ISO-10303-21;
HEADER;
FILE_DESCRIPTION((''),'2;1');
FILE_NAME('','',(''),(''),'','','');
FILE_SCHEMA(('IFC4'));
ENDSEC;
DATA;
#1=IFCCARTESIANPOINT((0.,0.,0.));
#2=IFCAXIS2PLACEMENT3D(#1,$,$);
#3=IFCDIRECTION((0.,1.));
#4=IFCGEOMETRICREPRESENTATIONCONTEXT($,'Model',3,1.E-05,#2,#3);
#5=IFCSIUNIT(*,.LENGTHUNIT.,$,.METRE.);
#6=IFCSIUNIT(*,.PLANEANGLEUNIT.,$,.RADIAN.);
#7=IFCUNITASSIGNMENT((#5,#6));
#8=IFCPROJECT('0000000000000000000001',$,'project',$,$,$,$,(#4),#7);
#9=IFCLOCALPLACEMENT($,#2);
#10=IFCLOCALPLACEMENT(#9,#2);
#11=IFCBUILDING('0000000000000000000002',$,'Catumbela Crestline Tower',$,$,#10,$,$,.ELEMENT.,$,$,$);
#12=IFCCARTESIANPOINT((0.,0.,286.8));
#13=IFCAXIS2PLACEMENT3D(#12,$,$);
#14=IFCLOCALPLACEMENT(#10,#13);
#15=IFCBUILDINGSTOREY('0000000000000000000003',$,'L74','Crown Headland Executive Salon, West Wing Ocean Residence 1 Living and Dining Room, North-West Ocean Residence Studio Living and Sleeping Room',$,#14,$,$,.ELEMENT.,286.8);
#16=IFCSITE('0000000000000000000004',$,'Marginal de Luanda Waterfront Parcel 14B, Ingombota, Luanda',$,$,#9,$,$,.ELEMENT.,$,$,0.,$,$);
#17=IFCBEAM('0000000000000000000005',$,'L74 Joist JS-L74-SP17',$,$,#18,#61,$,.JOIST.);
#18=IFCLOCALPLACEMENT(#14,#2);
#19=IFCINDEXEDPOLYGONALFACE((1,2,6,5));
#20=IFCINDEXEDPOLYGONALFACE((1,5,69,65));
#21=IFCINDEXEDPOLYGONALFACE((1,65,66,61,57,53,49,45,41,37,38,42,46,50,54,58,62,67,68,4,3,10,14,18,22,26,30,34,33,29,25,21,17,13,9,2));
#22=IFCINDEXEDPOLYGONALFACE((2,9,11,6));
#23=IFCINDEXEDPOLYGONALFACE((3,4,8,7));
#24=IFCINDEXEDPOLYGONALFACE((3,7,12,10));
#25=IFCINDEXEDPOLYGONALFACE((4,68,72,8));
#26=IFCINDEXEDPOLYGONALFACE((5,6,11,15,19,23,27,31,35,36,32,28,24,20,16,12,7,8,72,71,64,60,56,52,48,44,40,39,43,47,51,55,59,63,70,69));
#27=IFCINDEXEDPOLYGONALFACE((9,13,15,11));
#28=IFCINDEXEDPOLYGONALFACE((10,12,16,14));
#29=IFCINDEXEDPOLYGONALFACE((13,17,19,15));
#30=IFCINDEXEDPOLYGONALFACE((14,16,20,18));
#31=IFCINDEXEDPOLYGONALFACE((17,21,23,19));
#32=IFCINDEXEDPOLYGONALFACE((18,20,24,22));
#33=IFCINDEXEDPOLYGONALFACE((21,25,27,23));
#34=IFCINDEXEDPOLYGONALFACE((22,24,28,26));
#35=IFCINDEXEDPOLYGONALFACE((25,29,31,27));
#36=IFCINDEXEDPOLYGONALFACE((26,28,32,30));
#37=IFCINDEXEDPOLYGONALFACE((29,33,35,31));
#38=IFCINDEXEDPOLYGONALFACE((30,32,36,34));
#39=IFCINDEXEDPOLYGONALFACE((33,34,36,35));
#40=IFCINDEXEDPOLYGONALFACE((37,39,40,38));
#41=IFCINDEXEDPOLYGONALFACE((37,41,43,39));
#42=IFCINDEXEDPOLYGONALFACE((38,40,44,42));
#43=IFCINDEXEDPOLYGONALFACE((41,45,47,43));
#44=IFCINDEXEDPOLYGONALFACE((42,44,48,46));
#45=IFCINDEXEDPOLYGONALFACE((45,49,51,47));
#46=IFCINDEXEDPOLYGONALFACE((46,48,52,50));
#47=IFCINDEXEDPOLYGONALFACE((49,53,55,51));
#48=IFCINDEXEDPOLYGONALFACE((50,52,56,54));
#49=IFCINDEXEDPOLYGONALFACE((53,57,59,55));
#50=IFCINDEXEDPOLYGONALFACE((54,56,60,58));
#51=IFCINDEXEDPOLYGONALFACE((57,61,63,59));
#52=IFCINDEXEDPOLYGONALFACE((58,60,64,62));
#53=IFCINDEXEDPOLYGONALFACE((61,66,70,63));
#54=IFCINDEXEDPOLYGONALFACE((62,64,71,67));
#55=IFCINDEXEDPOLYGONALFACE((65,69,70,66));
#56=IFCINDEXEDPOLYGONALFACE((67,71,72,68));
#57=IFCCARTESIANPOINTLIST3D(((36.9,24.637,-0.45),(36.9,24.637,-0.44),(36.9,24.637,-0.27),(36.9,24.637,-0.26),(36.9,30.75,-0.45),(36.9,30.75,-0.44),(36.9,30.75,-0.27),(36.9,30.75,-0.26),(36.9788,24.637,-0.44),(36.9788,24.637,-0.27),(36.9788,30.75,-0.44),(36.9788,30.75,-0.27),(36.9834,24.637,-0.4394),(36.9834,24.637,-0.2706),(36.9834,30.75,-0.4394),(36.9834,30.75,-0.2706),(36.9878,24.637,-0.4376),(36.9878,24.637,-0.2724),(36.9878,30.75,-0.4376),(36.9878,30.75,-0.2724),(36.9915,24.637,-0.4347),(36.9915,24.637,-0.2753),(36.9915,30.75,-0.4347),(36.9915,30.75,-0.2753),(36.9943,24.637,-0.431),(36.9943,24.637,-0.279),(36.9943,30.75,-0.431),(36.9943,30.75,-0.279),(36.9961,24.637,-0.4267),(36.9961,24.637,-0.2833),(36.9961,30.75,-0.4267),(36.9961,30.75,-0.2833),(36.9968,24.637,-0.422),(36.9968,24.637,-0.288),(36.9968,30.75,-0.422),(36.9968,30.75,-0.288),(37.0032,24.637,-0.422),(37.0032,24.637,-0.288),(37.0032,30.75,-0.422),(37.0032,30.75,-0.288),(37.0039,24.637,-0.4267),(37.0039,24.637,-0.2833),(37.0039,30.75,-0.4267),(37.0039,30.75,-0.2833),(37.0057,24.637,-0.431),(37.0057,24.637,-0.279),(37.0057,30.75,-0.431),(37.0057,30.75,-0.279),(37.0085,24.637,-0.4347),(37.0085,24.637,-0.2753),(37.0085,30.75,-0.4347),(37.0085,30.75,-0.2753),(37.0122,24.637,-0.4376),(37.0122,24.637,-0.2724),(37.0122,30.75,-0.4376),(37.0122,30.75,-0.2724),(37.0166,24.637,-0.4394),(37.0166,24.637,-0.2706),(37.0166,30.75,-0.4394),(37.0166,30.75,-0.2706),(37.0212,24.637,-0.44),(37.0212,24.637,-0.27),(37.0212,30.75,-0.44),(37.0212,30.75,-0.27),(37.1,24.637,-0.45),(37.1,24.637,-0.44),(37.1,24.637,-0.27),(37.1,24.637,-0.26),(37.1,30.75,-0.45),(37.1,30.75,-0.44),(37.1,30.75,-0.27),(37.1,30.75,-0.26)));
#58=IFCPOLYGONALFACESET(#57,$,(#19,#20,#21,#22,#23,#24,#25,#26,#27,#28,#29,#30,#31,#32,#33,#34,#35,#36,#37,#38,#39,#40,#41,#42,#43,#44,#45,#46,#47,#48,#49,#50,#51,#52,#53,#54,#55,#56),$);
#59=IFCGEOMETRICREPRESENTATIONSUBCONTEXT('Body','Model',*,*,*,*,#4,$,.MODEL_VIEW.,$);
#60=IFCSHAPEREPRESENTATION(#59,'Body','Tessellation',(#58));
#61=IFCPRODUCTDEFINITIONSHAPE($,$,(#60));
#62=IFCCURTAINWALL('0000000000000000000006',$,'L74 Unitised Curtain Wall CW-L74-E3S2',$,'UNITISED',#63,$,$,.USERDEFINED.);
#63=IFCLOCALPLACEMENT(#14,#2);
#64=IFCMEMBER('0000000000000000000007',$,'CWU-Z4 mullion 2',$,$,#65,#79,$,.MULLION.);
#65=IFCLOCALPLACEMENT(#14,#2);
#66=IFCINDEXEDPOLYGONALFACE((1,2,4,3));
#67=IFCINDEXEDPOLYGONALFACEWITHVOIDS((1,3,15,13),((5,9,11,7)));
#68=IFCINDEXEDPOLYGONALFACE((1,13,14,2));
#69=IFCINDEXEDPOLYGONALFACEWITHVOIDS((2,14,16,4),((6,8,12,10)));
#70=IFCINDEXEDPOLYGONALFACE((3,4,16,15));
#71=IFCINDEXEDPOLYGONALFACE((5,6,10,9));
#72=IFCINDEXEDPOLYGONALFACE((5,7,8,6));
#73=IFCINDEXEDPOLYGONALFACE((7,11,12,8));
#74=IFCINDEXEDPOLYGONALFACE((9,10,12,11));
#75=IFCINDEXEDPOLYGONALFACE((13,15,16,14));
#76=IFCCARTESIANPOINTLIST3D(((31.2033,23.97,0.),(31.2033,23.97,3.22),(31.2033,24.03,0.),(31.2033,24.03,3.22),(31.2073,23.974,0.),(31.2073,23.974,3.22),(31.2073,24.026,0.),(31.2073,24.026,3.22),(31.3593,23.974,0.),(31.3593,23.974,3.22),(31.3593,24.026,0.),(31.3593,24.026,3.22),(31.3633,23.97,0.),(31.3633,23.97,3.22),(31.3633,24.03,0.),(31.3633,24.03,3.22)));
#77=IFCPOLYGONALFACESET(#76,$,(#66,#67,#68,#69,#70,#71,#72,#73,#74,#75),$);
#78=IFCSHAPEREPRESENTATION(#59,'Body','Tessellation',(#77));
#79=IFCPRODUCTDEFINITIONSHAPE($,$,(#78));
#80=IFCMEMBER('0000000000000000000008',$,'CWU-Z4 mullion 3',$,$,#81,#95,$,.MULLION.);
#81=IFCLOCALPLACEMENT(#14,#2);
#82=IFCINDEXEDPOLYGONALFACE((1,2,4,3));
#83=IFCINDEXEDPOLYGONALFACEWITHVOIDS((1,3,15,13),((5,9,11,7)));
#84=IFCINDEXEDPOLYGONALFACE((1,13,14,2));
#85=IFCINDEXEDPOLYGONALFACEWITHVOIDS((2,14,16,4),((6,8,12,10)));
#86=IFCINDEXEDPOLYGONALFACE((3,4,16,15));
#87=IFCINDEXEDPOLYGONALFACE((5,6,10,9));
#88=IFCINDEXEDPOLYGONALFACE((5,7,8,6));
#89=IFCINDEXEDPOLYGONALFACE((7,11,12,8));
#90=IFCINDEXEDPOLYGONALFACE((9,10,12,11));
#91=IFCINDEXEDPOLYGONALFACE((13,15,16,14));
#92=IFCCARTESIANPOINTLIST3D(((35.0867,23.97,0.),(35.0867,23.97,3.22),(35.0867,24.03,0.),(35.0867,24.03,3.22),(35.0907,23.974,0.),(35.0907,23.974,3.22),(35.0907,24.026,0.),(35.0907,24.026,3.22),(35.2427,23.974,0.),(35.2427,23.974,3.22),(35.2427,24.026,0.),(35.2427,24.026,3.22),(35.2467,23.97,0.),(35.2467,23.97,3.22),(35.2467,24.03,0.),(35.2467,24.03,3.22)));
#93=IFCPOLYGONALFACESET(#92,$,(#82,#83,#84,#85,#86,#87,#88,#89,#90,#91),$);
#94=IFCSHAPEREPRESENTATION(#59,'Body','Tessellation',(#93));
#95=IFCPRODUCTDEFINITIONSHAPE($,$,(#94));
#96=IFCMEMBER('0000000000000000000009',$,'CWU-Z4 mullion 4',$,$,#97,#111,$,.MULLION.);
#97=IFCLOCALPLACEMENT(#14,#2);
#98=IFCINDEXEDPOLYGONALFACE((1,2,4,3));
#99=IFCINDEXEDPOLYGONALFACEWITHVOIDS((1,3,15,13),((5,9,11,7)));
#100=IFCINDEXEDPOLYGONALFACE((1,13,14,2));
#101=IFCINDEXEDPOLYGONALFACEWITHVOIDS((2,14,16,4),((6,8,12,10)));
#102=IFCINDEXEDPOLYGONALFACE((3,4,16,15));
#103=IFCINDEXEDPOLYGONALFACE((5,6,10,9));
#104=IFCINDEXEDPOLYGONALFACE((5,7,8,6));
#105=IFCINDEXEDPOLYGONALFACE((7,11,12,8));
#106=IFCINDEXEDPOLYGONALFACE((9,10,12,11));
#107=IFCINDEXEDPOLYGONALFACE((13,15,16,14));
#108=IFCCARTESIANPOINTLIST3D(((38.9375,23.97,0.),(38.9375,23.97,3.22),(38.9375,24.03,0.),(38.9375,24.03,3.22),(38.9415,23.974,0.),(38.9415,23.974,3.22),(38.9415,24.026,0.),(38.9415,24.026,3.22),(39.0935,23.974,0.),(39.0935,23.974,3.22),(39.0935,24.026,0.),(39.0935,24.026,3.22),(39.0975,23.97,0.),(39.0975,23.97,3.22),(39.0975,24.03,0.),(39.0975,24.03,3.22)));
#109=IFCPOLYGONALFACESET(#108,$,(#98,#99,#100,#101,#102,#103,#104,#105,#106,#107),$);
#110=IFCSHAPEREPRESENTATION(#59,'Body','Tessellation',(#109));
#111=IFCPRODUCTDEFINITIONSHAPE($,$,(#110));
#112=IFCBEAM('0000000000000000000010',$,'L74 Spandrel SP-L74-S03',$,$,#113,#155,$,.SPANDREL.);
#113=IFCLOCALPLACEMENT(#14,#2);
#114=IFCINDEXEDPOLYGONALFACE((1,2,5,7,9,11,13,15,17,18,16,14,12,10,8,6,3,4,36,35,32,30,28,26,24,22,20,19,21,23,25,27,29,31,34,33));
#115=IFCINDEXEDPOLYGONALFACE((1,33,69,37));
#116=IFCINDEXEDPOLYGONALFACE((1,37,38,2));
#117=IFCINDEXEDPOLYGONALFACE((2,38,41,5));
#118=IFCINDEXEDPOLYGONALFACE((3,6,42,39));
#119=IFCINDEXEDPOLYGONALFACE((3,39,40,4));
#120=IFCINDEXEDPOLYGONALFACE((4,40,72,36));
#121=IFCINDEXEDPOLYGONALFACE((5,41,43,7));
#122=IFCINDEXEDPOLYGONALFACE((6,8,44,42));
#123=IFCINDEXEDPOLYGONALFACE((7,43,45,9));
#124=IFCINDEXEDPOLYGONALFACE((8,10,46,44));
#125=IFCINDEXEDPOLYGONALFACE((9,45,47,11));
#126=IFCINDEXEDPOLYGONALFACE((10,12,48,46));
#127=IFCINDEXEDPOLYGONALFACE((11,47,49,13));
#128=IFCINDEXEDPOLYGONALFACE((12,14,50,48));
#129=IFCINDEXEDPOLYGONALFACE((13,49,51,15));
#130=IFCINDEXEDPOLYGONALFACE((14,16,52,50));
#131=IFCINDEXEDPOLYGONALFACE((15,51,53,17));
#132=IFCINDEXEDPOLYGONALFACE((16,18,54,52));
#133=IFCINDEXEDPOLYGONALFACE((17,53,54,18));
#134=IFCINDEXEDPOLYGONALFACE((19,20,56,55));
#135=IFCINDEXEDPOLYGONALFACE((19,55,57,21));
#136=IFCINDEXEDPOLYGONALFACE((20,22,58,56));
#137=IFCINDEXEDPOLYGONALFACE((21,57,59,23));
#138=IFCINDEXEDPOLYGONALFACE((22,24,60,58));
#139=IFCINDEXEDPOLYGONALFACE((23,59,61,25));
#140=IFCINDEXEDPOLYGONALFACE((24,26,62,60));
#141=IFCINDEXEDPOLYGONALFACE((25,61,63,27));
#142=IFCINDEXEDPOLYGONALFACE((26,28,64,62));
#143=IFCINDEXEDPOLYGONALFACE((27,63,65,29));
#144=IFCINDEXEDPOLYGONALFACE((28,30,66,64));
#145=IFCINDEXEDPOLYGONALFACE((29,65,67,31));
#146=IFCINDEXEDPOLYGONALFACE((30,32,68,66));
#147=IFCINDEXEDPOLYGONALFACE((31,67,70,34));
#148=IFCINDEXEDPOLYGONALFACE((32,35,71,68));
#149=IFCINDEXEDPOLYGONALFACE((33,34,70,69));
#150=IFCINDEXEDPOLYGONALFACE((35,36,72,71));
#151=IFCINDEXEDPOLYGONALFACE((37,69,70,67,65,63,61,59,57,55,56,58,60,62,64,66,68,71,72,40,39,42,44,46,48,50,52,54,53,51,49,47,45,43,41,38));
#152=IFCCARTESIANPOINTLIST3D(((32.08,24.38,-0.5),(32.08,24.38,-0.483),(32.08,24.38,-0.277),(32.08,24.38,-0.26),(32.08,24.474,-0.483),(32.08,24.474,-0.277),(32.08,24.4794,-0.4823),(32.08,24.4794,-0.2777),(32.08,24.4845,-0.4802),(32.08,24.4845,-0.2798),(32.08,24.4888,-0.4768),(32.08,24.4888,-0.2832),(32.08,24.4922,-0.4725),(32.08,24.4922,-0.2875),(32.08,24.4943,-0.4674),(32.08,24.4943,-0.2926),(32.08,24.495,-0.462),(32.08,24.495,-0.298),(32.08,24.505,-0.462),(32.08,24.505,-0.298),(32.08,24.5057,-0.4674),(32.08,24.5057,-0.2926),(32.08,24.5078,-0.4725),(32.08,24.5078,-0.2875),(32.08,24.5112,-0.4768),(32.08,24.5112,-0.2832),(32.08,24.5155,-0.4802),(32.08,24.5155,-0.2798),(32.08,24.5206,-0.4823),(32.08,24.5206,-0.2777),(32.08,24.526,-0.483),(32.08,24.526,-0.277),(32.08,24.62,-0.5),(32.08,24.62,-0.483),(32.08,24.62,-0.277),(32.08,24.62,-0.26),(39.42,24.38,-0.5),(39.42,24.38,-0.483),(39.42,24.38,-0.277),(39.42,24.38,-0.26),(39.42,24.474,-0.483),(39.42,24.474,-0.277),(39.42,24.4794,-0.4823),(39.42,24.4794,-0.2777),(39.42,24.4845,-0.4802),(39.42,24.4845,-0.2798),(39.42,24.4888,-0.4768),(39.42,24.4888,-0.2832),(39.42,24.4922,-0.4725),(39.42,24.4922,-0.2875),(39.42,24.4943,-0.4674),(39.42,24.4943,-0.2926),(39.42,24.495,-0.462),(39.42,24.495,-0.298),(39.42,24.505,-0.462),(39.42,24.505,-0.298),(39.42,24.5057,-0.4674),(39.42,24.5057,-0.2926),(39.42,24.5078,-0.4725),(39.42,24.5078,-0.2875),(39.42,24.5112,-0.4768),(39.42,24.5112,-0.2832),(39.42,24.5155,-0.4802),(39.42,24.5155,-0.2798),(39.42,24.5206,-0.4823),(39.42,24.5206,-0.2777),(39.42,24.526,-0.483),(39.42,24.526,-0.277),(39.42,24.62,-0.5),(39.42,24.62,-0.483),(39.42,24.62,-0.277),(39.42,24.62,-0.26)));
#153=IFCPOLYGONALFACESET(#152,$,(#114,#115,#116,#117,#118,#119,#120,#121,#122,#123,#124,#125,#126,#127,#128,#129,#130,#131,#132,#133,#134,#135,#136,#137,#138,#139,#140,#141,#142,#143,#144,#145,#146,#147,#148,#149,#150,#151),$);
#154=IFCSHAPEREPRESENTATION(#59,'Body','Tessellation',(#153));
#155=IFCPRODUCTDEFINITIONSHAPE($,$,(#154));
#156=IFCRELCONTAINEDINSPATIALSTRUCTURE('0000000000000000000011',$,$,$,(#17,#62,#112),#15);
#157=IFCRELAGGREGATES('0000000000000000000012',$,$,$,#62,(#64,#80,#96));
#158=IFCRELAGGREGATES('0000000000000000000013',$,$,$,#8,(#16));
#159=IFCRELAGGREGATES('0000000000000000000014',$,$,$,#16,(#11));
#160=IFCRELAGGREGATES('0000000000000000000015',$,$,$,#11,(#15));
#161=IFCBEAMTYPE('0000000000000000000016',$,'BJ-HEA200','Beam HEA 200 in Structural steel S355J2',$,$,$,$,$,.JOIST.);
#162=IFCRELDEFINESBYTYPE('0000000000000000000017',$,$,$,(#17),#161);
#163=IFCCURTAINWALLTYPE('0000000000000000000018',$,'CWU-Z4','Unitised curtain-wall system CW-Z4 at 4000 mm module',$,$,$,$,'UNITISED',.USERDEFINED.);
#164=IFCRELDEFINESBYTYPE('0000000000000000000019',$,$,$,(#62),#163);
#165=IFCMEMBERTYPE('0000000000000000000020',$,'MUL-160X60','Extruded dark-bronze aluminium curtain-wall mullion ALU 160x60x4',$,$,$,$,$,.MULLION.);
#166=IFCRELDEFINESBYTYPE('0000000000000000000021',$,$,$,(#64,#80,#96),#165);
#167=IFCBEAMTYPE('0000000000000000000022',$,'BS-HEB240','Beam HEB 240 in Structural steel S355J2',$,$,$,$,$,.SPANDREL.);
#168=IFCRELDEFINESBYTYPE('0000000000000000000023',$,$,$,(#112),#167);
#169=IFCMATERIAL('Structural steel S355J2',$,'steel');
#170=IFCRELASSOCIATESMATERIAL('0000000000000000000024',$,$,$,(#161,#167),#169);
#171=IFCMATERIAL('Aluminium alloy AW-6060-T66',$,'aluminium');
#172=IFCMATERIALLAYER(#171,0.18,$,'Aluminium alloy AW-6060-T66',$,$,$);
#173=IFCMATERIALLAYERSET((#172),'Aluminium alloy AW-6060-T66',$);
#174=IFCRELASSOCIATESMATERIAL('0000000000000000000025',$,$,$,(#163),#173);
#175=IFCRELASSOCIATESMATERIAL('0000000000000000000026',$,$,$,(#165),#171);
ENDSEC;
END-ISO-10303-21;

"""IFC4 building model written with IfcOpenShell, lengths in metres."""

from ifc_helpers import new_model, si_unit, direction, frame, origin, origin_2d, place, context, subcontext, project, spatial, hollow_rectangle, i_section, extrude, material, layer, layer_set, material_profile, profile_set, type_object, element, aggregate, save


model = new_model("IFC4")

# Units and contexts
model_context = context("Model", 3, precision=1e-05, world=origin(), true_north=direction((0.0, 1.0)))
body_context = subcontext(model_context, "Body", "Model", "MODEL_VIEW")
ifc_project = project(units=[si_unit("LENGTHUNIT", "METRE"), si_unit("PLANEANGLEUNIT", "RADIAN")], contexts=[model_context])

# Site, building, storey
site_placement = place(None, origin())
site = spatial("IfcSite", under=ifc_project, at=site_placement, Name="Marginal de Luanda Waterfront Parcel 14B, Ingombota, Luanda", CompositionType="ELEMENT", RefElevation=0.0)
building_placement = place(site_placement, origin())
building = spatial("IfcBuilding", under=site, at=building_placement, Name="Catumbela Crestline Tower", CompositionType="ELEMENT")
storey_placement = place(building_placement, frame((0.0, 0.0, 286.8)))
storey = spatial("IfcBuildingStorey", under=building, at=storey_placement, Name="L74", Description="Crown Headland Executive Salon, West Wing Ocean Residence 1 Living and Dining Room, North-West Ocean Residence Studio Living and Sleeping Room", CompositionType="ELEMENT", Elevation=286.8)

# Beam
ifc_material_1 = material(Name="Structural steel S355J2", Category="steel")
ifc_material_profile_1 = material_profile(ifc_material_1, i_section(OverallWidth=0.2, OverallDepth=0.19, WebThickness=0.0065, FlangeThickness=0.01, FilletRadius=0.018, at=origin_2d()), Name="HEA 200")
ifc_profile_set_1 = profile_set([ifc_material_profile_1], Name="Structural steel S355J2")
beam_type_1 = type_object("IfcBeamType", Name="BJ-HEA200", Description="Beam HEA 200 in Structural steel S355J2", PredefinedType="JOIST", material=ifc_profile_set_1)
for number, where, z_axis, x_axis, name in (
    (1, (37.0, 24.637, -0.355), (0.0, 1.0, 0.0), (-1.0, 0.0, 0.0), "L74 Joist JS-L74-SP17"),
):
    element("IfcBeam", number, at=place(storey_placement, frame(where, z_axis=z_axis, x_axis=x_axis)), inside=storey, type_object=beam_type_1, Name=name, PredefinedType="JOIST", context=body_context, shape_type="SweptSolid", body=[
        extrude(i_section(OverallWidth=0.2, OverallDepth=0.19, WebThickness=0.0065, FlangeThickness=0.01, FilletRadius=0.018, at=origin_2d()), origin(), (0.0, 0.0, 1.0), 6.113),
    ])

# Curtain wall, members
ifc_material_2 = material(Name="Aluminium alloy AW-6060-T66", Category="aluminium")
ifc_layer_1 = layer(ifc_material_2, 0.18, Name="Aluminium alloy AW-6060-T66")
ifc_layer_set_1 = layer_set([ifc_layer_1], Name="Aluminium alloy AW-6060-T66")
curtain_wall_type = type_object("IfcCurtainWallType", Name="CWU-Z4", Description="Unitised curtain-wall system CW-Z4 at 4000 mm module", ElementType="UNITISED", PredefinedType="USERDEFINED", material=ifc_layer_set_1)
curtain_wall_placement = place(storey_placement, origin())
curtain_wall = element("IfcCurtainWall", 2, at=curtain_wall_placement, inside=storey, type_object=curtain_wall_type, Name="L74 Unitised Curtain Wall CW-L74-E3S2", ObjectType="UNITISED", PredefinedType="USERDEFINED")
ifc_material_profile_2 = material_profile(ifc_material_2, hollow_rectangle(XDim=0.06, YDim=0.16, WallThickness=0.004, at=origin_2d()), Name="ALU 160x60x4")
ifc_profile_set_2 = profile_set([ifc_material_profile_2], Name="Aluminium alloy AW-6060-T66")
member_type_1 = type_object("IfcMemberType", Name="MUL-160X60", Description="Extruded dark-bronze aluminium curtain-wall mullion ALU 160x60x4", PredefinedType="MULLION", material=ifc_profile_set_2)
member_1_placement = place(storey_placement, frame((31.2833, 24.0, 0.0), z_axis=(0.0, 0.0, 1.0), x_axis=(0.0, 1.0, 0.0)))
member_1 = element("IfcMember", 3, at=member_1_placement, type_object=member_type_1, Name="CWU-Z4 mullion 2", PredefinedType="MULLION", context=body_context, shape_type="SweptSolid", body=[
    extrude(hollow_rectangle(XDim=0.06, YDim=0.16, WallThickness=0.004, at=origin_2d()), origin(), (0.0, 0.0, 1.0), 3.22),
])
member_2_placement = place(storey_placement, frame((35.1667, 24.0, 0.0), z_axis=(0.0, 0.0, 1.0), x_axis=(0.0, 1.0, 0.0)))
member_2 = element("IfcMember", 4, at=member_2_placement, type_object=member_type_1, Name="CWU-Z4 mullion 3", PredefinedType="MULLION", context=body_context, shape_type="SweptSolid", body=[
    extrude(hollow_rectangle(XDim=0.06, YDim=0.16, WallThickness=0.004, at=origin_2d()), origin(), (0.0, 0.0, 1.0), 3.22),
])
member_3_placement = place(storey_placement, frame((39.0175, 24.0, 0.0), z_axis=(0.0, 0.0, 1.0), x_axis=(0.0, 1.0, 0.0)))
member_3 = element("IfcMember", 5, at=member_3_placement, type_object=member_type_1, Name="CWU-Z4 mullion 4", PredefinedType="MULLION", context=body_context, shape_type="SweptSolid", body=[
    extrude(hollow_rectangle(XDim=0.06, YDim=0.16, WallThickness=0.004, at=origin_2d()), origin(), (0.0, 0.0, 1.0), 3.22),
])

# Beam
ifc_material_profile_3 = material_profile(ifc_material_1, i_section(OverallWidth=0.24, OverallDepth=0.24, WebThickness=0.01, FlangeThickness=0.017, FilletRadius=0.021, at=origin_2d()), Name="HEB 240")
ifc_profile_set_3 = profile_set([ifc_material_profile_3], Name="Structural steel S355J2")
beam_type_2 = type_object("IfcBeamType", Name="BS-HEB240", Description="Beam HEB 240 in Structural steel S355J2", PredefinedType="SPANDREL", material=ifc_profile_set_3)
beam_1_placement = place(storey_placement, frame((32.08, 24.5, -0.38), z_axis=(1.0, 0.0, 0.0), x_axis=(0.0, 1.0, 0.0)))
element("IfcBeam", 6, at=beam_1_placement, inside=storey, type_object=beam_type_2, Name="L74 Spandrel SP-L74-S03", PredefinedType="SPANDREL", context=body_context, shape_type="SweptSolid", body=[
    extrude(i_section(OverallWidth=0.24, OverallDepth=0.24, WebThickness=0.01, FlangeThickness=0.017, FilletRadius=0.021, at=origin_2d()), origin(), (0.0, 0.0, 1.0), 7.34),
])

aggregate(curtain_wall, [member_1, member_2, member_3])

save(model, "model.ifc")
